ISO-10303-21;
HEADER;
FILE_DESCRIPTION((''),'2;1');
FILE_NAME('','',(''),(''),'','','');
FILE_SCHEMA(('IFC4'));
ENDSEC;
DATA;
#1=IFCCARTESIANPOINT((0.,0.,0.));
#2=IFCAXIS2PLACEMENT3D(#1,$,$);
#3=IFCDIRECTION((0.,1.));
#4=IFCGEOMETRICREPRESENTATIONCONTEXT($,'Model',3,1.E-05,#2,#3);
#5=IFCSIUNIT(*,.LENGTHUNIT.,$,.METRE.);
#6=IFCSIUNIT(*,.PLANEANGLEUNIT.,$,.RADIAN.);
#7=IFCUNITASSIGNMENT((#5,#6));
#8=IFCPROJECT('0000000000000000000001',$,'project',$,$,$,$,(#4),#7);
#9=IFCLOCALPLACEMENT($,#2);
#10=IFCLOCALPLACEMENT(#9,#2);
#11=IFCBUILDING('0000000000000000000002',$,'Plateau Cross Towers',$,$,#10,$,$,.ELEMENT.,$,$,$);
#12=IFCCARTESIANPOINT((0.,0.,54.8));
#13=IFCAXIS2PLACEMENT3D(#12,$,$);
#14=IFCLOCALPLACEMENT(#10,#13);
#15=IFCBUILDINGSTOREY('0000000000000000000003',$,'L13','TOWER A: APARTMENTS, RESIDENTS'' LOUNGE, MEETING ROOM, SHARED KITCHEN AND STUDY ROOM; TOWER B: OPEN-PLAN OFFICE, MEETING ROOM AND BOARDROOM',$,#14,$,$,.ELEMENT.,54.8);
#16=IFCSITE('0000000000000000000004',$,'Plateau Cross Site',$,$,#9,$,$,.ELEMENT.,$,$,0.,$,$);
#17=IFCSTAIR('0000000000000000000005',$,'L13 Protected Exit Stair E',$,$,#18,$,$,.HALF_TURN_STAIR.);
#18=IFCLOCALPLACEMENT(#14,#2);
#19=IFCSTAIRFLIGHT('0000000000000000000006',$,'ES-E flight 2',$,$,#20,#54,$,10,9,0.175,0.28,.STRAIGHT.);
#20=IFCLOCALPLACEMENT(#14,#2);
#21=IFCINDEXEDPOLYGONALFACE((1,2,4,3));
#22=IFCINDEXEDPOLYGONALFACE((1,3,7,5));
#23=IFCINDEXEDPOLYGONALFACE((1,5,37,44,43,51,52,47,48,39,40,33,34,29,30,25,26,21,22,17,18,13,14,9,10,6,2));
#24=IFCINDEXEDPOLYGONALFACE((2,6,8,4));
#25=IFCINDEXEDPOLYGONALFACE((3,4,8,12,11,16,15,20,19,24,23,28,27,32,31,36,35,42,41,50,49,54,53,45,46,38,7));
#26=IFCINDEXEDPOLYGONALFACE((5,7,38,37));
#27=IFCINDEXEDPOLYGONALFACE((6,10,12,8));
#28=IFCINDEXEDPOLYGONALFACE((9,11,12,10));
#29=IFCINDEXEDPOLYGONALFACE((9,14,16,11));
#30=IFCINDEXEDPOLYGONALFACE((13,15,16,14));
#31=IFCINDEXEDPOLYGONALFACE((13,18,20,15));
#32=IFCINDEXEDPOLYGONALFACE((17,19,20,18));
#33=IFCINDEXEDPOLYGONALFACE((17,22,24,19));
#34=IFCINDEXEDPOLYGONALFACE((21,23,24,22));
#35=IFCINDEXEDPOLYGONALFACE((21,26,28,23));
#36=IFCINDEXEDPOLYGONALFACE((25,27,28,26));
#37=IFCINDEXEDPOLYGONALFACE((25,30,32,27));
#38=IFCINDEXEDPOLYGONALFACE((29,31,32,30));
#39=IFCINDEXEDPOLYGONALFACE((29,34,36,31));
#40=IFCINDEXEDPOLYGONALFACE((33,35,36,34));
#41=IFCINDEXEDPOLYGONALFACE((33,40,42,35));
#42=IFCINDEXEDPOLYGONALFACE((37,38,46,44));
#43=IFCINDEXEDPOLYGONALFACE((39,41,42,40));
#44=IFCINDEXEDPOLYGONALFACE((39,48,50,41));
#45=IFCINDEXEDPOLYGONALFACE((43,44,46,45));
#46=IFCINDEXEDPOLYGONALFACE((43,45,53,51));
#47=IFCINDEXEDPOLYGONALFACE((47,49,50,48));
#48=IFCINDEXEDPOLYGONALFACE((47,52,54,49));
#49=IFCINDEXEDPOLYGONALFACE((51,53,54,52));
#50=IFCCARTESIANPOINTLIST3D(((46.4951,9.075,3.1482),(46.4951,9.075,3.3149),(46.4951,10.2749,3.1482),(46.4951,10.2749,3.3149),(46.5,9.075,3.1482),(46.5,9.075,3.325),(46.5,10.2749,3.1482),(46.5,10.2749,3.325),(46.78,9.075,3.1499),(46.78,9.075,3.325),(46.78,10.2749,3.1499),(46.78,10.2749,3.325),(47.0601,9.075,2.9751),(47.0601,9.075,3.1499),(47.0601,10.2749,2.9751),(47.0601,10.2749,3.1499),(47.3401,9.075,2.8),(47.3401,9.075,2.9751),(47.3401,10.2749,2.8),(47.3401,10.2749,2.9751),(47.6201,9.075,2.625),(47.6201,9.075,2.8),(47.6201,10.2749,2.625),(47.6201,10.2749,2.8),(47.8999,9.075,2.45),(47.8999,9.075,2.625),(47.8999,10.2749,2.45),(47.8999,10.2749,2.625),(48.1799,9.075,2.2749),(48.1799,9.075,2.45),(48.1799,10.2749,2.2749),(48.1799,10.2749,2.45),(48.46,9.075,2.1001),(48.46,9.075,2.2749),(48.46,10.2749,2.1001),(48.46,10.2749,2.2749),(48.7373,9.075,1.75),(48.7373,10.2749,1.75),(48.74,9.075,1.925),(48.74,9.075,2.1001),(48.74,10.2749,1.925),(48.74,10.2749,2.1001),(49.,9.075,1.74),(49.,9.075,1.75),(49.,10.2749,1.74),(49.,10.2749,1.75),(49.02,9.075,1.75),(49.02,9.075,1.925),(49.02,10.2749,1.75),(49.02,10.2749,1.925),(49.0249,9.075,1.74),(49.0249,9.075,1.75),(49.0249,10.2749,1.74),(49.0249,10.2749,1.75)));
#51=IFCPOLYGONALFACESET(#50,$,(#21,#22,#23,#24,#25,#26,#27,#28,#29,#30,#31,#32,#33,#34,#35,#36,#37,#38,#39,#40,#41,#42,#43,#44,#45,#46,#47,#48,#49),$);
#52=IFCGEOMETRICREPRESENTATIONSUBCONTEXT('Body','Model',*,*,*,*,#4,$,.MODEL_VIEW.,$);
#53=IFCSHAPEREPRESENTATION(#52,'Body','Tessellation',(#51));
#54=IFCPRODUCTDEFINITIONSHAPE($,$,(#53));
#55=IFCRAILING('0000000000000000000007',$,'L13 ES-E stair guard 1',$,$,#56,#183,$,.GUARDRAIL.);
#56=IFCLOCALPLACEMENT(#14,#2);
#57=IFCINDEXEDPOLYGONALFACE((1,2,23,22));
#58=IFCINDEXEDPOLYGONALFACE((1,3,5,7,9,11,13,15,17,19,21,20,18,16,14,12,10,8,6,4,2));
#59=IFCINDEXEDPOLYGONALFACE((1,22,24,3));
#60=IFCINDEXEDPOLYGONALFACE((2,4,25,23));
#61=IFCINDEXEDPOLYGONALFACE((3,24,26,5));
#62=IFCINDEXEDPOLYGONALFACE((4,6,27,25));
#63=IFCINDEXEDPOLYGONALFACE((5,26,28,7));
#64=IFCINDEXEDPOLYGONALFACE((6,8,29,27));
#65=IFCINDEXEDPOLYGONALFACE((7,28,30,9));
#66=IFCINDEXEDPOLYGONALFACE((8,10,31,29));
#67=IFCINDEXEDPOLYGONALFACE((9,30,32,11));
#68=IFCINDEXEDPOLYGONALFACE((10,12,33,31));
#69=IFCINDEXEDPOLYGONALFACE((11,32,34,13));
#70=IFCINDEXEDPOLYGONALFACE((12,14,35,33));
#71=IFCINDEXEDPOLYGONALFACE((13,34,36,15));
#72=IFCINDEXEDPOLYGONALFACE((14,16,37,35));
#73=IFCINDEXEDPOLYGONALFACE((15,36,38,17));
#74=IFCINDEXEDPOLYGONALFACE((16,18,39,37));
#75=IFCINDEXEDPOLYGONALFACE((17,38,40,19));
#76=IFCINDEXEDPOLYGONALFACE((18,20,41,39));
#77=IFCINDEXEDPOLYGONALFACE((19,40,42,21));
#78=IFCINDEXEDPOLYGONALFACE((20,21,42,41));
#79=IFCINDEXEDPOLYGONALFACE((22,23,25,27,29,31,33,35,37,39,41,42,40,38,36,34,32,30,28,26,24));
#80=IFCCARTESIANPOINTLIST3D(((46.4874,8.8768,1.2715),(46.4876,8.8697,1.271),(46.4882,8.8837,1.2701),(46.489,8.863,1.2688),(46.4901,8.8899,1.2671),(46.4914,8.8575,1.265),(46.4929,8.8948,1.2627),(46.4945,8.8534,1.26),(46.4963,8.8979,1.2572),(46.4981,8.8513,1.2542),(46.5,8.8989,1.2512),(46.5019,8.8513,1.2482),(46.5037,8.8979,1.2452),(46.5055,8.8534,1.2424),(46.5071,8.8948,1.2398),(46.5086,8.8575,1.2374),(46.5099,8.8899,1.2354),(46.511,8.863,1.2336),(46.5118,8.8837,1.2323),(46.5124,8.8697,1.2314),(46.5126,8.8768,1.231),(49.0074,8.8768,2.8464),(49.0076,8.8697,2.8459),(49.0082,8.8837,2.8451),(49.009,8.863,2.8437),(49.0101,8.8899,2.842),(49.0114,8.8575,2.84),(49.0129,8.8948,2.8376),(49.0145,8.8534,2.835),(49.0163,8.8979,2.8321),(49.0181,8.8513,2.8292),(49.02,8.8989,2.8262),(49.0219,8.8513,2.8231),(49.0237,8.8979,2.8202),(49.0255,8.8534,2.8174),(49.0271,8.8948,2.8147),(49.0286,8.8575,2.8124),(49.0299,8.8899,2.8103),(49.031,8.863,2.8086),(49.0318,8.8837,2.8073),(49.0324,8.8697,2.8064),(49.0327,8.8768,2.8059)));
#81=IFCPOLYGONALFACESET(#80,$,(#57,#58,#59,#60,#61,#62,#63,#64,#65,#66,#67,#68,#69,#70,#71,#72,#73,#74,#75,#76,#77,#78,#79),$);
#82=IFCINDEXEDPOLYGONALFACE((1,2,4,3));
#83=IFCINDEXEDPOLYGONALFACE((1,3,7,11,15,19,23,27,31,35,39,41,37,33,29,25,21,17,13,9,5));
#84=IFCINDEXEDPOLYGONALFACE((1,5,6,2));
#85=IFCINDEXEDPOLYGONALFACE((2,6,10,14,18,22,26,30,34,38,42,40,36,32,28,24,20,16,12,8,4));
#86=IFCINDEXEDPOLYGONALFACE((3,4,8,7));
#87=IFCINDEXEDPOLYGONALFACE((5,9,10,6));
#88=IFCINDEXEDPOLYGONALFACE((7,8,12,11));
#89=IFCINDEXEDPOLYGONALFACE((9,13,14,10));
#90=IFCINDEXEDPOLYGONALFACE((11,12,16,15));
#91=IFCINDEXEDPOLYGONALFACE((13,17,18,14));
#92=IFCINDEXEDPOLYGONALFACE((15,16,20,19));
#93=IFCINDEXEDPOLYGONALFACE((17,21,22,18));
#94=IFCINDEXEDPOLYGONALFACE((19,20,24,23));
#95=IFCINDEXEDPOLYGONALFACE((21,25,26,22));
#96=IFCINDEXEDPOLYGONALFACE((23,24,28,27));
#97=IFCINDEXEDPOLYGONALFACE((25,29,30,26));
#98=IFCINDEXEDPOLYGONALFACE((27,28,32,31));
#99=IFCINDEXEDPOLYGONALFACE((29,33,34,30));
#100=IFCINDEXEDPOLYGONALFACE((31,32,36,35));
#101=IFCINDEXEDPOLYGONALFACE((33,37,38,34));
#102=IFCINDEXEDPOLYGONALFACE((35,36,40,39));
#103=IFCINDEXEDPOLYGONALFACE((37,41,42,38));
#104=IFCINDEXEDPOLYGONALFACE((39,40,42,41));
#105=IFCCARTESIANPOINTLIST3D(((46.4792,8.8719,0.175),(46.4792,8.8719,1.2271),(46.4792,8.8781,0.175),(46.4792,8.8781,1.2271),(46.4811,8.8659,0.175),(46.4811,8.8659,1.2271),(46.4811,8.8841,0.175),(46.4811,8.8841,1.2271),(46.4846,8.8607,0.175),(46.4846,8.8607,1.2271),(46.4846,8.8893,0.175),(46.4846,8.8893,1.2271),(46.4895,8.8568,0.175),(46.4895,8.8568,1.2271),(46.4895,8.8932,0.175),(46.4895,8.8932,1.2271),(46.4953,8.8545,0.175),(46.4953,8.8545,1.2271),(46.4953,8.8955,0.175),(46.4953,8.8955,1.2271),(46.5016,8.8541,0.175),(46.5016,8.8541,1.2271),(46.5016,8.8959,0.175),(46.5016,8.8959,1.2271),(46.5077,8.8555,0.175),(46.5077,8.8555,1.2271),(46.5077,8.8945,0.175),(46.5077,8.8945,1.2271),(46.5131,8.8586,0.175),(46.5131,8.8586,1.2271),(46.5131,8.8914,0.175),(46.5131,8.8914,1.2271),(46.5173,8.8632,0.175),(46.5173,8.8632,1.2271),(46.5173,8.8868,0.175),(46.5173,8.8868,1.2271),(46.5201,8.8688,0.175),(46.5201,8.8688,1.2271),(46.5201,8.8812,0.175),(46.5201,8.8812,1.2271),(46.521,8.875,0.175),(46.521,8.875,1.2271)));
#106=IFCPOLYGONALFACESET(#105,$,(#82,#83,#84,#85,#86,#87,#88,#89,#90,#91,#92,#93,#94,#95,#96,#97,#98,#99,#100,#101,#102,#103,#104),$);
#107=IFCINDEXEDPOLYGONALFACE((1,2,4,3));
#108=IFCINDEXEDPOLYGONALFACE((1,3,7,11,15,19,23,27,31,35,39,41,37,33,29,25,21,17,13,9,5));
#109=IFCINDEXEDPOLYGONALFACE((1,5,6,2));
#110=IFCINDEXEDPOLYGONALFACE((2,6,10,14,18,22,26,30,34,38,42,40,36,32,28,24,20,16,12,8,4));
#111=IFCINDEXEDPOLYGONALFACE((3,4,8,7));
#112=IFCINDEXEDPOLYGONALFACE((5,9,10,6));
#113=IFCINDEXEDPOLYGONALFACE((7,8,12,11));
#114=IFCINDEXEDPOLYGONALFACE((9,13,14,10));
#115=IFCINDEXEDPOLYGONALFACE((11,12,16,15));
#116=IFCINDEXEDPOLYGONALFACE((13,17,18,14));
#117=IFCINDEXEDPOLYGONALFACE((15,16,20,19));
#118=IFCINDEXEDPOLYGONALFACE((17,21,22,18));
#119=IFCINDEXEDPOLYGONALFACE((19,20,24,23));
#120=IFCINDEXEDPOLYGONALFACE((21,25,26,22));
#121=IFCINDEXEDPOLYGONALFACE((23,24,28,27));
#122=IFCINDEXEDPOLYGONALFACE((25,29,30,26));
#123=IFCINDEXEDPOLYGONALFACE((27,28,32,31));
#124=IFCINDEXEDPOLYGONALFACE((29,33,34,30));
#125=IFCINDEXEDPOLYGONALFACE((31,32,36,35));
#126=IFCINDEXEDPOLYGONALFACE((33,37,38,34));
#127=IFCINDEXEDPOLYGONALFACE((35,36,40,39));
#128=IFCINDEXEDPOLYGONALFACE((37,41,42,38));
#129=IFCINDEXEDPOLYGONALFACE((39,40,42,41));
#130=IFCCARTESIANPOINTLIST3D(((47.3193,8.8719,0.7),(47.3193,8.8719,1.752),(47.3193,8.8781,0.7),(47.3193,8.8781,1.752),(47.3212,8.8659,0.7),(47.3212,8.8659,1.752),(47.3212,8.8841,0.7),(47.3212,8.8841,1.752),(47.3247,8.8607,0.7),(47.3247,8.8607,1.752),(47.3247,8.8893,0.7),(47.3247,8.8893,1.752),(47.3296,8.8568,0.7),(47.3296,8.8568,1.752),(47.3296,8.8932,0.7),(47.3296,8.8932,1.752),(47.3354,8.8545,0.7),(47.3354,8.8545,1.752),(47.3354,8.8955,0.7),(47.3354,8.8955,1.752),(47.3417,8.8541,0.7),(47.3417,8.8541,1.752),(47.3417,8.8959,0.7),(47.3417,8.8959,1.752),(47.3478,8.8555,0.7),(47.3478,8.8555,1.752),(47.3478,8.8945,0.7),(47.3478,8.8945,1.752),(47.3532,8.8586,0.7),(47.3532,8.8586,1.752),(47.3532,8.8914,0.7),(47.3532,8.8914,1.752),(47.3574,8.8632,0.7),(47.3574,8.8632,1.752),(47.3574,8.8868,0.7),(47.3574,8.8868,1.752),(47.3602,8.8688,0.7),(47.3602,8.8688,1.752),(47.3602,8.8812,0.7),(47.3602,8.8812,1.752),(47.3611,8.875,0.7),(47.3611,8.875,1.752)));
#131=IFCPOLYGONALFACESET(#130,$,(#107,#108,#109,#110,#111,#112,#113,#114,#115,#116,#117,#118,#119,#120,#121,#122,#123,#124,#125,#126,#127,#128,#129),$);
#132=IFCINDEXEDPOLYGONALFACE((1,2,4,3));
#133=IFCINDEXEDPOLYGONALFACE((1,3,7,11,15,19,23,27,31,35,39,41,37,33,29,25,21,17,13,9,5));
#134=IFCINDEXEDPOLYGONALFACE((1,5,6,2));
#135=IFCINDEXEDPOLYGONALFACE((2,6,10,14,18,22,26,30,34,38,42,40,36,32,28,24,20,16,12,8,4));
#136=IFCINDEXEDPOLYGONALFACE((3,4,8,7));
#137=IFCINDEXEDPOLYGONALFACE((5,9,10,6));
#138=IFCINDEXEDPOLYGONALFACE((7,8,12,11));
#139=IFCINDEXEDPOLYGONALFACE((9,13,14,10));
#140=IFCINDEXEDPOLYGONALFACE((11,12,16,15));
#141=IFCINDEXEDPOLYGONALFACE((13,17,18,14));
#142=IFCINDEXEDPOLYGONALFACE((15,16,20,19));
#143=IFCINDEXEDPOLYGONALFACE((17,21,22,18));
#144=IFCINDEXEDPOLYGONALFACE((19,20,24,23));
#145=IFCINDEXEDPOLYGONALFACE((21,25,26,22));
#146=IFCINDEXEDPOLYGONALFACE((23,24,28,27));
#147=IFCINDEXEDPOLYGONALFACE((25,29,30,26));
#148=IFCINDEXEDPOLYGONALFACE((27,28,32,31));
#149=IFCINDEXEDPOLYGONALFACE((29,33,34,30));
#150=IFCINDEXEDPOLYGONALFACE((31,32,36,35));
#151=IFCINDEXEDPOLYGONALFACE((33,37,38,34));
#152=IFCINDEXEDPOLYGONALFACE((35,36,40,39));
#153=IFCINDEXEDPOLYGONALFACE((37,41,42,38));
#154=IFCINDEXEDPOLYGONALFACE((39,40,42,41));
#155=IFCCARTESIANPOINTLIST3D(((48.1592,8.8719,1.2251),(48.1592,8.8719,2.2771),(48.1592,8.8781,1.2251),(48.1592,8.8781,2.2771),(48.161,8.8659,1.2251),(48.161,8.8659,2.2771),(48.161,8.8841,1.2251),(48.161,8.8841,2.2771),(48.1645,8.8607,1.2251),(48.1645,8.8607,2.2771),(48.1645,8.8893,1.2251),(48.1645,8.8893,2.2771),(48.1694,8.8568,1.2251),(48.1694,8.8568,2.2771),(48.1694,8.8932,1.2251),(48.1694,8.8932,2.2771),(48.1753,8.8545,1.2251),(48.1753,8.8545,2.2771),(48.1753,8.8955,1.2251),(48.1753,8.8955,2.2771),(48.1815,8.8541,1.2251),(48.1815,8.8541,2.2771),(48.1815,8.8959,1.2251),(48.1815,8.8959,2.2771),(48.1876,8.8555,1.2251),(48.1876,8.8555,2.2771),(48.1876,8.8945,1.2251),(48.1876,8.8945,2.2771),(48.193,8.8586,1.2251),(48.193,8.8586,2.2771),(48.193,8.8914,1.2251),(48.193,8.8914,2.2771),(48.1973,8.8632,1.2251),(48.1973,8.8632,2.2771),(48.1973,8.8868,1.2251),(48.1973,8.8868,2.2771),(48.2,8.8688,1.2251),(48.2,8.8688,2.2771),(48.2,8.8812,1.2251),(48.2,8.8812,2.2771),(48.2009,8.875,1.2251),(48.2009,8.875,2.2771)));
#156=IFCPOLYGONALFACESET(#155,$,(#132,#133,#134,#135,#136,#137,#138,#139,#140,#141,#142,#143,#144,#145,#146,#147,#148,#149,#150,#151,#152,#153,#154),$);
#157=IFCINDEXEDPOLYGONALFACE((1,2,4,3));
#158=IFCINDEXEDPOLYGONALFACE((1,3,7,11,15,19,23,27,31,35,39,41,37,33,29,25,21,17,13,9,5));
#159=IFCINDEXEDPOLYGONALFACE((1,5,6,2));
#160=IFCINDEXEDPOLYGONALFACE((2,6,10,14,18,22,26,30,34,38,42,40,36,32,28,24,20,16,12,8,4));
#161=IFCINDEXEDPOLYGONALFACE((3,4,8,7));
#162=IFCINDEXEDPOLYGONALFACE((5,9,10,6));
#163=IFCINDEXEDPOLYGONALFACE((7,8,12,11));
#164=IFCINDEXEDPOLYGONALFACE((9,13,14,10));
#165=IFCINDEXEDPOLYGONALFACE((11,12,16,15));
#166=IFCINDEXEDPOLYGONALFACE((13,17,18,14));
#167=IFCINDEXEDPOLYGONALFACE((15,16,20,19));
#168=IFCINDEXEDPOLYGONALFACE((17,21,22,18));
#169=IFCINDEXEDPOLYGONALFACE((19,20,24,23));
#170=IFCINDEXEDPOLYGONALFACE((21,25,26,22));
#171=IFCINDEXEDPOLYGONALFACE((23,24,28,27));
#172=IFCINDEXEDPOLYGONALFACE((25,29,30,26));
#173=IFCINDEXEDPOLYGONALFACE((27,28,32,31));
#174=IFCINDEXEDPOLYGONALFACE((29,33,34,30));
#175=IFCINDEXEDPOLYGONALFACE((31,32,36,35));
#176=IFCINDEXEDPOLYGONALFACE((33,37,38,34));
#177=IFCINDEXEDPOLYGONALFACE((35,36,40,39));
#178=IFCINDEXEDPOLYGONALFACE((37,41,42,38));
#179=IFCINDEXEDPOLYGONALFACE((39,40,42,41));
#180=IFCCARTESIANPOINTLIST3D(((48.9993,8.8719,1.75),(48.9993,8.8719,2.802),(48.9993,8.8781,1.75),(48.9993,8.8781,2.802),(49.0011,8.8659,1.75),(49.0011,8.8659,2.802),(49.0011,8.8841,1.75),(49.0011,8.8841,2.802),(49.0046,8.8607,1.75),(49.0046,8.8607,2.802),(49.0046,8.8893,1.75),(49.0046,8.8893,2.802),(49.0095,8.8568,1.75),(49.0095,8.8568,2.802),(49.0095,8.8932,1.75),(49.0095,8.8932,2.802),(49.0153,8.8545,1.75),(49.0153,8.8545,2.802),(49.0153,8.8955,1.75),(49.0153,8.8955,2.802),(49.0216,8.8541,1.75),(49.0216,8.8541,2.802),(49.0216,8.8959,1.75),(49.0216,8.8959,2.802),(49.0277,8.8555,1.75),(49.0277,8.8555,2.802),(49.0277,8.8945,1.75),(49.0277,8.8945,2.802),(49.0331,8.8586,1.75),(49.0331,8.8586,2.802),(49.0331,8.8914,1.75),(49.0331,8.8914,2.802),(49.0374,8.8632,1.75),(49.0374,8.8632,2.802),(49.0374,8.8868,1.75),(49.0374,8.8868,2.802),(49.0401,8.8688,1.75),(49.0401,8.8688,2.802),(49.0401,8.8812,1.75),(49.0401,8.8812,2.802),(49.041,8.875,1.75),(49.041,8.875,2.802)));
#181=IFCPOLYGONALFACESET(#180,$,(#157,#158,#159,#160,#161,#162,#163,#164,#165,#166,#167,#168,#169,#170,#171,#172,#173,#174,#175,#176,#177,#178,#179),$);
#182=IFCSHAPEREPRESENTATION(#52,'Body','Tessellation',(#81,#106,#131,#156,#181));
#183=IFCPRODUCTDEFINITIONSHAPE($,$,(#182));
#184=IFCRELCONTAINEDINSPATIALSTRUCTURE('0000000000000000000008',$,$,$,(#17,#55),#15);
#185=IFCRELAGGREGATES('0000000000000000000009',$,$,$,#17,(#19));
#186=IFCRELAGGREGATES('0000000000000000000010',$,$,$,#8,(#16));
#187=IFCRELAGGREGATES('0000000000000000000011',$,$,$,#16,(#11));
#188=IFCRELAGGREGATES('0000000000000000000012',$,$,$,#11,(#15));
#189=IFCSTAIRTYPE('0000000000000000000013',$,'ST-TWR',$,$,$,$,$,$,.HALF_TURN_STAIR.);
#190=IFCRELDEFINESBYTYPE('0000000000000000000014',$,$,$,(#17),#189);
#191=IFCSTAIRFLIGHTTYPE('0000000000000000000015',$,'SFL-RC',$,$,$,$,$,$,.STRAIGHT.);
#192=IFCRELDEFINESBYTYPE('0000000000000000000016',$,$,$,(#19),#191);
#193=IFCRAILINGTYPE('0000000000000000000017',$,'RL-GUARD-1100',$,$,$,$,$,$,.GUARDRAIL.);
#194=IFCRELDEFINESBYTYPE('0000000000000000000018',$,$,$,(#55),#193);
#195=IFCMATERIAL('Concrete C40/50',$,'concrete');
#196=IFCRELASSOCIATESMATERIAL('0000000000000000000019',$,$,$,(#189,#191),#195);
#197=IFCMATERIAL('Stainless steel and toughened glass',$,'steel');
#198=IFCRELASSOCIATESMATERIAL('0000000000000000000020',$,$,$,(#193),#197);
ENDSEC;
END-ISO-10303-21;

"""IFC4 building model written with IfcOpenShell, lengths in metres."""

from ifc_helpers import new_model, si_unit, direction, frame, origin, origin_2d, place, context, subcontext, project, spatial, polyline, circle, outline, extrude, material, type_object, element, aggregate, save


model = new_model("IFC4")

# Units and contexts
model_context = context("Model", 3, precision=1e-05, world=origin(), true_north=direction((0.0, 1.0)))
body_context = subcontext(model_context, "Body", "Model", "MODEL_VIEW")
ifc_project = project(units=[si_unit("LENGTHUNIT", "METRE"), si_unit("PLANEANGLEUNIT", "RADIAN")], contexts=[model_context])

# Site, building, storey
site_placement = place(None, origin())
site = spatial("IfcSite", under=ifc_project, at=site_placement, Name="Plateau Cross Site", CompositionType="ELEMENT", RefElevation=0.0)
building_placement = place(site_placement, origin())
building = spatial("IfcBuilding", under=site, at=building_placement, Name="Plateau Cross Towers", CompositionType="ELEMENT")
storey_placement = place(building_placement, frame((0.0, 0.0, 54.8)))
storey = spatial("IfcBuildingStorey", under=building, at=storey_placement, Name="L13", Description="TOWER A: APARTMENTS, RESIDENTS' LOUNGE, MEETING ROOM, SHARED KITCHEN AND STUDY ROOM; TOWER B: OPEN-PLAN OFFICE, MEETING ROOM AND BOARDROOM", CompositionType="ELEMENT", Elevation=54.8)

# Stair, stair flight
ifc_material_1 = material(Name="Concrete C40/50", Category="concrete")
stair_type = type_object("IfcStairType", Name="ST-TWR", PredefinedType="HALF_TURN_STAIR", material=ifc_material_1)
stair_placement = place(storey_placement, origin())
stair = element("IfcStair", 1, at=stair_placement, inside=storey, type_object=stair_type, Name="L13 Protected Exit Stair E", PredefinedType="HALF_TURN_STAIR")
stair_flight_type = type_object("IfcStairFlightType", Name="SFL-RC", PredefinedType="STRAIGHT", material=ifc_material_1)
stair_flight_1_placement = place(storey_placement, frame((49.02, 9.675, 1.75), z_axis=(0.0, 0.0, 1.0), x_axis=(-1.0, 0.0, 0.0)))
stair_flight_1 = element("IfcStairFlight", 2, at=stair_flight_1_placement, type_object=stair_flight_type, Name="ES-E flight 2", NumberOfRisers=10, NumberOfTreads=9, PredefinedType="STRAIGHT", RiserHeight=0.175, TreadLength=0.28, context=body_context, shape_type="SweptSolid", body=[
    extrude(outline(polyline([(-0.0049, -0.01), (-0.0049, 0.0), (0.0, 0.0), (0.0, 0.175), (0.28, 0.175), (0.28, 0.3501), (0.5601, 0.3501), (0.5601, 0.5249), (0.8401, 0.5249), (0.8401, 0.7), (1.1201, 0.7), (1.1201, 0.875), (1.3999, 0.875), (1.3999, 1.05), (1.6799, 1.05), (1.6799, 1.2251), (1.96, 1.2251), (1.96, 1.3999), (2.24, 1.3999), (2.24, 1.575), (2.52, 1.575), (2.5249, 1.5649), (2.5249, 1.3982), (2.52, 1.3982), (0.2827, 0.0), (0.02, 0.0), (0.02, -0.01), (-0.0049, -0.01)])), frame((0.0, 0.6001, 0.0), z_axis=(0.0, -1.0, 0.0), x_axis=(1.0, 0.0, 0.0)), (0.0, 0.0, 1.0), 1.2),
])
aggregate(stair, [stair_flight_1])

# Railing
ifc_material_2 = material(Name="Stainless steel and toughened glass", Category="steel")
railing_type_1 = type_object("IfcRailingType", Name="RL-GUARD-1100", PredefinedType="GUARDRAIL", material=ifc_material_2)
railing_1_placement = place(storey_placement, frame((46.5, 8.875, 0.175)))
element("IfcRailing", 3, at=railing_1_placement, inside=storey, type_object=railing_type_1, Name="L13 ES-E stair guard 1", PredefinedType="GUARDRAIL", context=body_context, shape_type="SweptSolid", body=[
    extrude(circle(Radius=0.0239, at=origin_2d()), frame((0.0, 0.0, 1.0762), z_axis=(0.848008, 0.0, 0.529984), x_axis=(0.0, 1.0, 0.0)), (0.0, 0.0, 1.0), 2.9717),
    extrude(circle(Radius=0.021, at=origin_2d()), origin(), (0.0, 0.0, 1.0), 1.052),
    extrude(circle(Radius=0.021, at=origin_2d()), frame((0.8401, 0.0, 0.5249)), (0.0, 0.0, 1.0), 1.052),
    extrude(circle(Radius=0.021, at=origin_2d()), frame((1.6799, 0.0, 1.05)), (0.0, 0.0, 1.0), 1.052),
    extrude(circle(Radius=0.021, at=origin_2d()), frame((2.52, 0.0, 1.575)), (0.0, 0.0, 1.0), 1.052),
])

save(model, "model.ifc")
